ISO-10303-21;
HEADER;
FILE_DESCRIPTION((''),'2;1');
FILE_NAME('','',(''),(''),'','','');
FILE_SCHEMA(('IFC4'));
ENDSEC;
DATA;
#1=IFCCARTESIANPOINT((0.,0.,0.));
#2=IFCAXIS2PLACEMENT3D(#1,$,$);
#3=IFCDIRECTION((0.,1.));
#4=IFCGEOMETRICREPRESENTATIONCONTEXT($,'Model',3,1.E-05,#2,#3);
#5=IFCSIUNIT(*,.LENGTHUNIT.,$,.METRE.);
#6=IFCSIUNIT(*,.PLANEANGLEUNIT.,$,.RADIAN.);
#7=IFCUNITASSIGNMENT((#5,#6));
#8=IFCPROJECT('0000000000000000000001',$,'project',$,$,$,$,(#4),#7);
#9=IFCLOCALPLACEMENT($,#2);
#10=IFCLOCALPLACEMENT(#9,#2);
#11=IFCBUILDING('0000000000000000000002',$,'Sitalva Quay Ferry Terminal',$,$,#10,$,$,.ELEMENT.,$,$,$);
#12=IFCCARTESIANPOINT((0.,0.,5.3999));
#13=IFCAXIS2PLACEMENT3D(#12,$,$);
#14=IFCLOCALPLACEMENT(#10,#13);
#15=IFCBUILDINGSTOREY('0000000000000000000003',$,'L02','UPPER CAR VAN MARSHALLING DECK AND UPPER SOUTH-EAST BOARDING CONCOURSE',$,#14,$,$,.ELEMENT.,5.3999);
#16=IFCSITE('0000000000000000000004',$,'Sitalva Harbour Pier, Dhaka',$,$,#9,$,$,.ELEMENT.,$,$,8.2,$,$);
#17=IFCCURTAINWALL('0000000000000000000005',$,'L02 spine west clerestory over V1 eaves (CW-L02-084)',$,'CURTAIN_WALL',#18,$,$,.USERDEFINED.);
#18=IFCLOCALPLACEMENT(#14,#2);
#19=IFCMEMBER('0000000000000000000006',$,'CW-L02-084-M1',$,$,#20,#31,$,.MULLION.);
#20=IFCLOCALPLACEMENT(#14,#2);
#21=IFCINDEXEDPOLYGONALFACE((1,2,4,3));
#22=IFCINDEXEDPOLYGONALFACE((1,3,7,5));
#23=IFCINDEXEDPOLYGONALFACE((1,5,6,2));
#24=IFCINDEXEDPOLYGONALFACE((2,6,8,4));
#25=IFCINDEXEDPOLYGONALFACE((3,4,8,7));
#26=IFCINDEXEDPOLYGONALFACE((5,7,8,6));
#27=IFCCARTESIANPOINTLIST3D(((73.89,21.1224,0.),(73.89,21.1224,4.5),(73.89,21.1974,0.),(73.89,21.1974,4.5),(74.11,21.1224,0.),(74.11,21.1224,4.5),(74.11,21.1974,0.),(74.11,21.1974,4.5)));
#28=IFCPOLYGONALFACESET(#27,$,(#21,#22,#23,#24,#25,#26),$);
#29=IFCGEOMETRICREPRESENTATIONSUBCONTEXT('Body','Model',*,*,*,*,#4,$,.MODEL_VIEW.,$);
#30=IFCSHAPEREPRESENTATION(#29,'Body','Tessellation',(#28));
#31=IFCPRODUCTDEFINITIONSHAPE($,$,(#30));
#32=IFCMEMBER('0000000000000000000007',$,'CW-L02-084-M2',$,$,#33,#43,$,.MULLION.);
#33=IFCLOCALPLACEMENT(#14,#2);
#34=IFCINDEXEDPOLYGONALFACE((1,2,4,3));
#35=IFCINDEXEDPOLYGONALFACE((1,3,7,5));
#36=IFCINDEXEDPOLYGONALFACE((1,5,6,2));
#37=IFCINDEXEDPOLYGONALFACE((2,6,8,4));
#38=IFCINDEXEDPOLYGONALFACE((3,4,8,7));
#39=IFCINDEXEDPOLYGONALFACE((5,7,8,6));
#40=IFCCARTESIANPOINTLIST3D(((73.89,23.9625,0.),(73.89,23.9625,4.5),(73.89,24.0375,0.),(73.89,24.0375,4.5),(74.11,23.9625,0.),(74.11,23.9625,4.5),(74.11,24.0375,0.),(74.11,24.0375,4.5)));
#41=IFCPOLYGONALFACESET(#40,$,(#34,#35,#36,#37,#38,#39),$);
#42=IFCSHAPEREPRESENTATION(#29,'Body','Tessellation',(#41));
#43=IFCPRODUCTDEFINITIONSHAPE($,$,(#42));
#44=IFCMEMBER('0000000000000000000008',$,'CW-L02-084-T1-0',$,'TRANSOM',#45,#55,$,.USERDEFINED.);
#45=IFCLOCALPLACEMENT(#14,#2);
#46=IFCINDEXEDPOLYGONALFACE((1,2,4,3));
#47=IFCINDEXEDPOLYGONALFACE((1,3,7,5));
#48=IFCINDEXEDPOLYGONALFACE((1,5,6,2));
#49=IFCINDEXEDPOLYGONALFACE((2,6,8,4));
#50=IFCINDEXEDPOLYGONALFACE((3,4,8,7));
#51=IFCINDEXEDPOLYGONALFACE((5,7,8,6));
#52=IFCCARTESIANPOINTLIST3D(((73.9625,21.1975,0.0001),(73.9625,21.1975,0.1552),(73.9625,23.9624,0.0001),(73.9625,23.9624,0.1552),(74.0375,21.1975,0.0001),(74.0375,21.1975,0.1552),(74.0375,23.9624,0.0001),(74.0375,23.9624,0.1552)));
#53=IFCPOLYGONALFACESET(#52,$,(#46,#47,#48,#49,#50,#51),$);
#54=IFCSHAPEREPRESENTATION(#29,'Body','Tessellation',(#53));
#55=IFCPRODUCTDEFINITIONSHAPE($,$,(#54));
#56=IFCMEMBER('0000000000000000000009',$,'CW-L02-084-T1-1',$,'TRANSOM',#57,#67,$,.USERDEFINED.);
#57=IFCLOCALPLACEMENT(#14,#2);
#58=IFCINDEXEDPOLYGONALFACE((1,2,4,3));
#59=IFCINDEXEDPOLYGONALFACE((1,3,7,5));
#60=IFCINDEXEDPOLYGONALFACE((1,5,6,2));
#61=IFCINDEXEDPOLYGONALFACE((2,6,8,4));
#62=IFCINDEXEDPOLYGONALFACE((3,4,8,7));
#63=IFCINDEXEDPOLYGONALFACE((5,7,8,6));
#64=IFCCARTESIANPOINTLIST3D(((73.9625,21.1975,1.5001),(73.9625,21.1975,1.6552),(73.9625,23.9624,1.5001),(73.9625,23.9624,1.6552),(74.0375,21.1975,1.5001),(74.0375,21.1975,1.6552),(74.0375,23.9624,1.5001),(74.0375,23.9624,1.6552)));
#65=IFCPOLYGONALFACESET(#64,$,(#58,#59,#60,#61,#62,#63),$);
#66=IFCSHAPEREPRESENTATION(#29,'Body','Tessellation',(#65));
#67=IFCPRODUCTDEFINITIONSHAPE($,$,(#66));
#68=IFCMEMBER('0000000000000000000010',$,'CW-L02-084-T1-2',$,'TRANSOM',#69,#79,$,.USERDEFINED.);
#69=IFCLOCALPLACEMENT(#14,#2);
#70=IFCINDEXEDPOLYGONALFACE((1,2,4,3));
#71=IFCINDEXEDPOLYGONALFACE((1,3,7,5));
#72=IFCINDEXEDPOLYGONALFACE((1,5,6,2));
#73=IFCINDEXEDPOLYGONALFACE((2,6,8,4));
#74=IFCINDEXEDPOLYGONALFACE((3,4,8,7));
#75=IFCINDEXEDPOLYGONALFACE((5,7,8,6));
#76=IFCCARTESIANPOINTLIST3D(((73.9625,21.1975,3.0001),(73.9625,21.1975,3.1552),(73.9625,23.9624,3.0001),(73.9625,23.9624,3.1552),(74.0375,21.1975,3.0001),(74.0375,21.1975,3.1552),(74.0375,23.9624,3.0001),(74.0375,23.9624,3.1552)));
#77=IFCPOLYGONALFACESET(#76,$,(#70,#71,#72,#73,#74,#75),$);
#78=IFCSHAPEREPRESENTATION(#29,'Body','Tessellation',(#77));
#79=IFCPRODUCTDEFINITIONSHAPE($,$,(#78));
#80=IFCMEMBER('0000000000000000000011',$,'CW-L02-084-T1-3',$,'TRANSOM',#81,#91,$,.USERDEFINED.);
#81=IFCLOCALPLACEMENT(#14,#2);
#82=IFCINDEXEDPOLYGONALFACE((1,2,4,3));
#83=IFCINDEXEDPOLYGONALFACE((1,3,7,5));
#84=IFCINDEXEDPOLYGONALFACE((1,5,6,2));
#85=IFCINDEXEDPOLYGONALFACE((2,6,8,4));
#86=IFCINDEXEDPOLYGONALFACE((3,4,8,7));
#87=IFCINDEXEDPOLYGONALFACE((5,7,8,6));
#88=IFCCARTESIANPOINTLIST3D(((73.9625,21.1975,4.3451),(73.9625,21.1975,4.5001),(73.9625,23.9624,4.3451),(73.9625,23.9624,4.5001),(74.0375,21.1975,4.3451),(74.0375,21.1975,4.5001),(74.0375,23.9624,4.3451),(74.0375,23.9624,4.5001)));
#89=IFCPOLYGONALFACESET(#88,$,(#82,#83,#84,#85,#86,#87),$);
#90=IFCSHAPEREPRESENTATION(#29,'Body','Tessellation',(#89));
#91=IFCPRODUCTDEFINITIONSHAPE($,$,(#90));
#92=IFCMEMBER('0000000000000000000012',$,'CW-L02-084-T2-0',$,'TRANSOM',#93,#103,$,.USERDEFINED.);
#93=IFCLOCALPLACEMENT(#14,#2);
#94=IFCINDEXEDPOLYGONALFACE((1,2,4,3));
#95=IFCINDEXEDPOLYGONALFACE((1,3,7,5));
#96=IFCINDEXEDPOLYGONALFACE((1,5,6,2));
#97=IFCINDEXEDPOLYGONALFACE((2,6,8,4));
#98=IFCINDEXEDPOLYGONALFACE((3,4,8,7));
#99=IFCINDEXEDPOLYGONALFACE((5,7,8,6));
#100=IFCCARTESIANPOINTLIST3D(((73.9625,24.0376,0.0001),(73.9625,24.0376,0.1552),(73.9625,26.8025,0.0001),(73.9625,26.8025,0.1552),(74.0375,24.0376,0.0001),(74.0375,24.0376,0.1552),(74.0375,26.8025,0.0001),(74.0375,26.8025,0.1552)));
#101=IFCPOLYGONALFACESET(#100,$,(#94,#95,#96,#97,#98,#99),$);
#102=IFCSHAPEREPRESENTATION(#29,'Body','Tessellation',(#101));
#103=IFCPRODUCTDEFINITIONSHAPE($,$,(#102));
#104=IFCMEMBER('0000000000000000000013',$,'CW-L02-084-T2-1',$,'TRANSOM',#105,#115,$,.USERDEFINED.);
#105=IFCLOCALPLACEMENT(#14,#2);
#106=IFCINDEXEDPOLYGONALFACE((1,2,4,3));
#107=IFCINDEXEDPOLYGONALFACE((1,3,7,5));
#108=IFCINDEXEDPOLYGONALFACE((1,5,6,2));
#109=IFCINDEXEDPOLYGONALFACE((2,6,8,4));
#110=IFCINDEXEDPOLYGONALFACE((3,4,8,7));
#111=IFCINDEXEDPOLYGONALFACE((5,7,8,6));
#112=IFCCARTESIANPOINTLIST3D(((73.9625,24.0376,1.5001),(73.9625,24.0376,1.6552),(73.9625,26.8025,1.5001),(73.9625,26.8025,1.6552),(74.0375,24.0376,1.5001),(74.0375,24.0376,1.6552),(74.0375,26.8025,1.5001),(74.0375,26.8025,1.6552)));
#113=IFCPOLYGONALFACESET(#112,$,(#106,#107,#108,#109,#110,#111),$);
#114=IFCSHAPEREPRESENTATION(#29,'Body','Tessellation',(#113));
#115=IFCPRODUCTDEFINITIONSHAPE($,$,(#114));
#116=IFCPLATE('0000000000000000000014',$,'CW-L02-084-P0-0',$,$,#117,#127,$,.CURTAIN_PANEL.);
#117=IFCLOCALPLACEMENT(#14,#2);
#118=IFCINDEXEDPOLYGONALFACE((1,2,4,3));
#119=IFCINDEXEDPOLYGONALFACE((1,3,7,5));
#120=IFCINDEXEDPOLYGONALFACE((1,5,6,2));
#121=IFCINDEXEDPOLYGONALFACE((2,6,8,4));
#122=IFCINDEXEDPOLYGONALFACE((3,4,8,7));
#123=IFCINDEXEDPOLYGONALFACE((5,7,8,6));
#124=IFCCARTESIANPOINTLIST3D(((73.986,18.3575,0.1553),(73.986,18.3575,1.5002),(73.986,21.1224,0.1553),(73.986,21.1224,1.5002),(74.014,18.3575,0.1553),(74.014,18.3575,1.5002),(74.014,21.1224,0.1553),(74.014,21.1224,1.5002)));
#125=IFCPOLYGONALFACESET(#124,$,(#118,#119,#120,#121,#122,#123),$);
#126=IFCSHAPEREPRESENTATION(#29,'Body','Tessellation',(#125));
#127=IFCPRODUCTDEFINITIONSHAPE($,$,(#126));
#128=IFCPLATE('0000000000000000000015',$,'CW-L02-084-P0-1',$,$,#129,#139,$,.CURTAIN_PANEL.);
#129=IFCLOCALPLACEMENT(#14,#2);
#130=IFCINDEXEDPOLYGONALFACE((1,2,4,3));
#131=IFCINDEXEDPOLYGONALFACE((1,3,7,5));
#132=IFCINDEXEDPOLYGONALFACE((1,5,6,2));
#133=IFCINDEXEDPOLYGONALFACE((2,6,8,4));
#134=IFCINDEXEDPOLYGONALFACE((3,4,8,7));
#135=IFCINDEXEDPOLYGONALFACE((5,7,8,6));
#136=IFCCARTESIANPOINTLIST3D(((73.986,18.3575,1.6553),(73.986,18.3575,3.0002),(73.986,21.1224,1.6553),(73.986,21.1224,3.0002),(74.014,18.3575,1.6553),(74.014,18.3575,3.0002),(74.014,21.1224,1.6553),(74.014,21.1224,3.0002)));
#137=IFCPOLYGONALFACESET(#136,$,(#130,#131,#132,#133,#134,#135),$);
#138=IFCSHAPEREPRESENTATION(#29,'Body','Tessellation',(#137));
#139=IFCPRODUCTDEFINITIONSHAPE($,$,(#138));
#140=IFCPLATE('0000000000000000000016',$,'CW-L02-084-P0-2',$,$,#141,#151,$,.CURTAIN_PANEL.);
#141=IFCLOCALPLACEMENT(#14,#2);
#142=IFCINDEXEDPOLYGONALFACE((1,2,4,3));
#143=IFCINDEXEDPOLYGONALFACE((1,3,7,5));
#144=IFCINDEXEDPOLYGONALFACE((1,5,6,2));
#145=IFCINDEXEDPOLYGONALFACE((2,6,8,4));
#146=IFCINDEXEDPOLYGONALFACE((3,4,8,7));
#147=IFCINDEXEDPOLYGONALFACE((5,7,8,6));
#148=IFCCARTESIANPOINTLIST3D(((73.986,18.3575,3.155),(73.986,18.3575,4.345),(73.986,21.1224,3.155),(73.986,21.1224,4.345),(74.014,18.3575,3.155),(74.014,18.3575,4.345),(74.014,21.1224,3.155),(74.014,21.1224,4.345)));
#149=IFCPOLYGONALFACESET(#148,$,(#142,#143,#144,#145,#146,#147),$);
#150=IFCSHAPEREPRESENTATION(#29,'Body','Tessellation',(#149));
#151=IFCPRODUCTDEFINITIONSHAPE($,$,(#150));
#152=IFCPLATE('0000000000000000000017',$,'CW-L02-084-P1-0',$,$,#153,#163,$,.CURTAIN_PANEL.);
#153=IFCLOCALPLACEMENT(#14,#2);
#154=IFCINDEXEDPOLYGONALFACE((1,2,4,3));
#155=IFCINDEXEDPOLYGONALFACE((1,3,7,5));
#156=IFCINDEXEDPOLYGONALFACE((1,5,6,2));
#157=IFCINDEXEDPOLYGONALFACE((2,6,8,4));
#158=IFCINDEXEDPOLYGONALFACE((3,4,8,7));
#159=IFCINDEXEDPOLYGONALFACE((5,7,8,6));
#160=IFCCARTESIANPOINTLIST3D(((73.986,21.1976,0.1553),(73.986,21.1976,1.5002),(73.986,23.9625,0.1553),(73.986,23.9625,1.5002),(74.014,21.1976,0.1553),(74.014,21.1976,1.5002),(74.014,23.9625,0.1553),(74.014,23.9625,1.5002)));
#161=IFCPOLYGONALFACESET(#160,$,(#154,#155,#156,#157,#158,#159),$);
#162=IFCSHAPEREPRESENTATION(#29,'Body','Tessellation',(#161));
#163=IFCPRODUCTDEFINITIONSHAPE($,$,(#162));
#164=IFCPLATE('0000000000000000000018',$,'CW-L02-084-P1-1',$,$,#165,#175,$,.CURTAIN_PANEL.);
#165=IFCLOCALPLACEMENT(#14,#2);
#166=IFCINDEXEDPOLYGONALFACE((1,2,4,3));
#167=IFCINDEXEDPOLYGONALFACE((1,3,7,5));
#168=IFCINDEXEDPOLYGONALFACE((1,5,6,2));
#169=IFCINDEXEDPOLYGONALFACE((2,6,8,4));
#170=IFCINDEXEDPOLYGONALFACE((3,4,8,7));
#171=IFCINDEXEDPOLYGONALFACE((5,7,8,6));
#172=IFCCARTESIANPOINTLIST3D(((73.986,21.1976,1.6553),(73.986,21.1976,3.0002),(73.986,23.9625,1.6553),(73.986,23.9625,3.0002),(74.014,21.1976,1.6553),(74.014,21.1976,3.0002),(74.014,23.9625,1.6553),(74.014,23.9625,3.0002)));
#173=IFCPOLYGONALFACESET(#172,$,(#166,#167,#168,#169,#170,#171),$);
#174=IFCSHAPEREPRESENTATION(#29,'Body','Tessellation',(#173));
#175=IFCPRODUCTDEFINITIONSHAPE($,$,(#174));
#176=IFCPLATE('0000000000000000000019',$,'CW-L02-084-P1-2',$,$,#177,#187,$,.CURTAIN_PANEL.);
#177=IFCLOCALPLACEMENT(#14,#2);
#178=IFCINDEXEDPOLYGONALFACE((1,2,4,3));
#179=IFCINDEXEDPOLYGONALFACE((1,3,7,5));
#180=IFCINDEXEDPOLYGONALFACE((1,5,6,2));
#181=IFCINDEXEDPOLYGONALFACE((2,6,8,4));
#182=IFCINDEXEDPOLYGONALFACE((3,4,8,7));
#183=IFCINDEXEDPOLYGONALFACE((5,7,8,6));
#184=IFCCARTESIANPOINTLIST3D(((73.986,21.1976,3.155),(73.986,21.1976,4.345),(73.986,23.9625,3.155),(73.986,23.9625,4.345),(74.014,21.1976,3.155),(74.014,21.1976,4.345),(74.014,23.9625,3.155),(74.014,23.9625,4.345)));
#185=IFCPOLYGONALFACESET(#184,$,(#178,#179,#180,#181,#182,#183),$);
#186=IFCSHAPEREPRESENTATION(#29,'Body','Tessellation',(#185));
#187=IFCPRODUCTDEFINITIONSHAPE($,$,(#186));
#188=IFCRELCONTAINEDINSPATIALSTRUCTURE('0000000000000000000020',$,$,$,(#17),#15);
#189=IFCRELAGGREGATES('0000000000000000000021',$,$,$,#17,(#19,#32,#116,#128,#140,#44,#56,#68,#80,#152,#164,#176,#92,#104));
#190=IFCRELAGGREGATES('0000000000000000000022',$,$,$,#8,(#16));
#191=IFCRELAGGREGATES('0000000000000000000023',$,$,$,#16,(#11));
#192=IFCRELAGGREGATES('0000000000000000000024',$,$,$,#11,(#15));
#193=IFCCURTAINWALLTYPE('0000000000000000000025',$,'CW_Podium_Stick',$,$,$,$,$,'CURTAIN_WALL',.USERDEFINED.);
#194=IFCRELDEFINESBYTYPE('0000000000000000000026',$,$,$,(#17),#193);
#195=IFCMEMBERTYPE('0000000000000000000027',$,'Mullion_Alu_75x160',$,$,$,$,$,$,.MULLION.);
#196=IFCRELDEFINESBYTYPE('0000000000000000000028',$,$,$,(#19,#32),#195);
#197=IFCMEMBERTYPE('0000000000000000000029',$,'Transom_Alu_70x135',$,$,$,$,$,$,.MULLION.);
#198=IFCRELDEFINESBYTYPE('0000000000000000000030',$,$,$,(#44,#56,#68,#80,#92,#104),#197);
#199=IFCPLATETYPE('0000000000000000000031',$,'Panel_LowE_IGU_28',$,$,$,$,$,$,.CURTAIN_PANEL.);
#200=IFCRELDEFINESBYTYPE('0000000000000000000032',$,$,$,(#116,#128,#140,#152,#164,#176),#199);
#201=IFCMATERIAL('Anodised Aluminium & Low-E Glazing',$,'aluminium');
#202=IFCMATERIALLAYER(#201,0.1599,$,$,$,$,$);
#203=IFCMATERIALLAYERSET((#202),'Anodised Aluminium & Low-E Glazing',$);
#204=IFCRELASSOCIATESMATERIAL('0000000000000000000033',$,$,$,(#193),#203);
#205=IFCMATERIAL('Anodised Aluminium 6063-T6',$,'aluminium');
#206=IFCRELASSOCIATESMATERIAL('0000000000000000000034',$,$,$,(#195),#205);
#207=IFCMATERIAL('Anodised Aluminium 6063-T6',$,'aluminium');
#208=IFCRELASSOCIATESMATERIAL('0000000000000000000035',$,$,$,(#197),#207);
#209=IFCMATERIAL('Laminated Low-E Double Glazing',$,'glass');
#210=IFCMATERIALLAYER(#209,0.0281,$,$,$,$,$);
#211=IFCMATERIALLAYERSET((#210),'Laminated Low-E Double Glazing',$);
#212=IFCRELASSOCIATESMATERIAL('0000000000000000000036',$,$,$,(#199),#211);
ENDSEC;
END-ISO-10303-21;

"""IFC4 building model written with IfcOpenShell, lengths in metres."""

from ifc_helpers import new_model, si_unit, direction, frame, origin, origin_2d, place, context, subcontext, project, spatial, rectangle, extrude, material, layer, layer_set, material_profile, profile_set, type_object, element, aggregate, save


model = new_model("IFC4")

# Units and contexts
model_context = context("Model", 3, precision=1e-05, world=origin(), true_north=direction((0.0, 1.0)))
body_context = subcontext(model_context, "Body", "Model", "MODEL_VIEW")
ifc_project = project(units=[si_unit("LENGTHUNIT", "METRE"), si_unit("PLANEANGLEUNIT", "RADIAN")], contexts=[model_context])

# Site, building, storey
site_placement = place(None, origin())
site = spatial("IfcSite", under=ifc_project, at=site_placement, Name="Sitalva Harbour Pier, Dhaka", CompositionType="ELEMENT", RefElevation=8.2)
building_placement = place(site_placement, origin())
building = spatial("IfcBuilding", under=site, at=building_placement, Name="Sitalva Quay Ferry Terminal", CompositionType="ELEMENT")
storey_placement = place(building_placement, frame((0.0, 0.0, 5.3999)))
storey = spatial("IfcBuildingStorey", under=building, at=storey_placement, Name="L02", Description="UPPER CAR VAN MARSHALLING DECK AND UPPER SOUTH-EAST BOARDING CONCOURSE", CompositionType="ELEMENT", Elevation=5.3999)

# Curtain wall, members, plates
ifc_material_1 = material(Name="Anodised Aluminium & Low-E Glazing", Category="aluminium")
ifc_layer_1 = layer(ifc_material_1, 0.1599)
ifc_layer_set_1 = layer_set([ifc_layer_1], Name="Anodised Aluminium & Low-E Glazing")
curtain_wall_type = type_object("IfcCurtainWallType", Name="CW_Podium_Stick", ElementType="CURTAIN_WALL", PredefinedType="USERDEFINED", material=ifc_layer_set_1)
curtain_wall_placement = place(storey_placement, origin())
curtain_wall = element("IfcCurtainWall", 1, at=curtain_wall_placement, inside=storey, type_object=curtain_wall_type, Name="L02 spine west clerestory over V1 eaves (CW-L02-084)", ObjectType="CURTAIN_WALL", PredefinedType="USERDEFINED")
ifc_material_2 = material(Name="Anodised Aluminium 6063-T6", Category="aluminium")
ifc_material_profile_1 = material_profile(ifc_material_2, rectangle(XDim=0.075, YDim=0.22, at=origin_2d()), Name="ALU75x220")
ifc_profile_set_1 = profile_set([ifc_material_profile_1], Name="Anodised Aluminium 6063-T6")
member_type_1 = type_object("IfcMemberType", Name="Mullion_Alu_75x160", PredefinedType="MULLION", material=ifc_profile_set_1)
member_1_placement = place(storey_placement, frame((74.0, 21.1599, 0.0), z_axis=(0.0, 0.0, 1.0), x_axis=(0.0, 1.0, 0.0)))
member_1 = element("IfcMember", 2, at=member_1_placement, type_object=member_type_1, Name="CW-L02-084-M1", PredefinedType="MULLION", context=body_context, shape_type="SweptSolid", body=[
    extrude(rectangle(XDim=0.075, YDim=0.22, at=origin_2d()), origin(), (0.0, 0.0, 1.0), 4.5),
])
member_2_placement = place(storey_placement, frame((74.0, 24.0, 0.0), z_axis=(0.0, 0.0, 1.0), x_axis=(0.0, 1.0, 0.0)))
member_2 = element("IfcMember", 3, at=member_2_placement, type_object=member_type_1, Name="CW-L02-084-M2", PredefinedType="MULLION", context=body_context, shape_type="SweptSolid", body=[
    extrude(rectangle(XDim=0.075, YDim=0.22, at=origin_2d()), origin(), (0.0, 0.0, 1.0), 4.5),
])
ifc_material_3 = material(Name="Anodised Aluminium 6063-T6", Category="aluminium")
ifc_material_profile_2 = material_profile(ifc_material_3, rectangle(XDim=0.075, YDim=0.155, at=origin_2d()), Name="ALU75x155")
ifc_profile_set_2 = profile_set([ifc_material_profile_2], Name="Anodised Aluminium 6063-T6")
member_type_2 = type_object("IfcMemberType", Name="Transom_Alu_70x135", PredefinedType="MULLION", material=ifc_profile_set_2)
member_3_placement = place(storey_placement, frame((74.0, 21.1975, 0.0776), z_axis=(0.0, 1.0, 0.0), x_axis=(-1.0, 0.0, 0.0)))
member_3 = element("IfcMember", 4, at=member_3_placement, type_object=member_type_2, Name="CW-L02-084-T1-0", ObjectType="TRANSOM", PredefinedType="USERDEFINED", context=body_context, shape_type="SweptSolid", body=[
    extrude(rectangle(XDim=0.075, YDim=0.155, at=origin_2d()), origin(), (0.0, 0.0, 1.0), 2.7649),
])
member_4_placement = place(storey_placement, frame((74.0, 21.1975, 1.5776), z_axis=(0.0, 1.0, 0.0), x_axis=(-1.0, 0.0, 0.0)))
member_4 = element("IfcMember", 5, at=member_4_placement, type_object=member_type_2, Name="CW-L02-084-T1-1", ObjectType="TRANSOM", PredefinedType="USERDEFINED", context=body_context, shape_type="SweptSolid", body=[
    extrude(rectangle(XDim=0.075, YDim=0.155, at=origin_2d()), origin(), (0.0, 0.0, 1.0), 2.7649),
])
member_5_placement = place(storey_placement, frame((74.0, 21.1975, 3.0776), z_axis=(0.0, 1.0, 0.0), x_axis=(-1.0, 0.0, 0.0)))
member_5 = element("IfcMember", 6, at=member_5_placement, type_object=member_type_2, Name="CW-L02-084-T1-2", ObjectType="TRANSOM", PredefinedType="USERDEFINED", context=body_context, shape_type="SweptSolid", body=[
    extrude(rectangle(XDim=0.075, YDim=0.155, at=origin_2d()), origin(), (0.0, 0.0, 1.0), 2.7649),
])
member_6_placement = place(storey_placement, frame((74.0, 21.1975, 4.4226), z_axis=(0.0, 1.0, 0.0), x_axis=(-1.0, 0.0, 0.0)))
member_6 = element("IfcMember", 7, at=member_6_placement, type_object=member_type_2, Name="CW-L02-084-T1-3", ObjectType="TRANSOM", PredefinedType="USERDEFINED", context=body_context, shape_type="SweptSolid", body=[
    extrude(rectangle(XDim=0.075, YDim=0.155, at=origin_2d()), origin(), (0.0, 0.0, 1.0), 2.7649),
])
member_7_placement = place(storey_placement, frame((74.0, 24.0376, 0.0776), z_axis=(0.0, 1.0, 0.0), x_axis=(-1.0, 0.0, 0.0)))
member_7 = element("IfcMember", 8, at=member_7_placement, type_object=member_type_2, Name="CW-L02-084-T2-0", ObjectType="TRANSOM", PredefinedType="USERDEFINED", context=body_context, shape_type="SweptSolid", body=[
    extrude(rectangle(XDim=0.075, YDim=0.155, at=origin_2d()), origin(), (0.0, 0.0, 1.0), 2.7649),
])
member_8_placement = place(storey_placement, frame((74.0, 24.0376, 1.5776), z_axis=(0.0, 1.0, 0.0), x_axis=(-1.0, 0.0, 0.0)))
member_8 = element("IfcMember", 9, at=member_8_placement, type_object=member_type_2, Name="CW-L02-084-T2-1", ObjectType="TRANSOM", PredefinedType="USERDEFINED", context=body_context, shape_type="SweptSolid", body=[
    extrude(rectangle(XDim=0.075, YDim=0.155, at=origin_2d()), origin(), (0.0, 0.0, 1.0), 2.7649),
])
ifc_material_4 = material(Name="Laminated Low-E Double Glazing", Category="glass")
ifc_layer_2 = layer(ifc_material_4, 0.0281)
ifc_layer_set_2 = layer_set([ifc_layer_2], Name="Laminated Low-E Double Glazing")
plate_type = type_object("IfcPlateType", Name="Panel_LowE_IGU_28", PredefinedType="CURTAIN_PANEL", material=ifc_layer_set_2)
plate_1_placement = place(storey_placement, frame((74.0, 19.74, 0.1553), z_axis=(0.0, 0.0, 1.0), x_axis=(0.0, 1.0, 0.0)))
plate_1 = element("IfcPlate", 10, at=plate_1_placement, type_object=plate_type, Name="CW-L02-084-P0-0", PredefinedType="CURTAIN_PANEL", context=body_context, shape_type="SweptSolid", body=[
    extrude(rectangle(XDim=2.7649, YDim=0.0281, at=origin_2d()), origin(), (0.0, 0.0, 1.0), 1.345),
])
plate_2_placement = place(storey_placement, frame((74.0, 19.74, 1.6553), z_axis=(0.0, 0.0, 1.0), x_axis=(0.0, 1.0, 0.0)))
plate_2 = element("IfcPlate", 11, at=plate_2_placement, type_object=plate_type, Name="CW-L02-084-P0-1", PredefinedType="CURTAIN_PANEL", context=body_context, shape_type="SweptSolid", body=[
    extrude(rectangle(XDim=2.7649, YDim=0.0281, at=origin_2d()), origin(), (0.0, 0.0, 1.0), 1.345),
])
plate_3_placement = place(storey_placement, frame((74.0, 19.74, 3.155), z_axis=(0.0, 0.0, 1.0), x_axis=(0.0, 1.0, 0.0)))
plate_3 = element("IfcPlate", 12, at=plate_3_placement, type_object=plate_type, Name="CW-L02-084-P0-2", PredefinedType="CURTAIN_PANEL", context=body_context, shape_type="SweptSolid", body=[
    extrude(rectangle(XDim=2.7649, YDim=0.0281, at=origin_2d()), origin(), (0.0, 0.0, 1.0), 1.1899),
])
plate_4_placement = place(storey_placement, frame((74.0, 22.5801, 0.1553), z_axis=(0.0, 0.0, 1.0), x_axis=(0.0, 1.0, 0.0)))
plate_4 = element("IfcPlate", 13, at=plate_4_placement, type_object=plate_type, Name="CW-L02-084-P1-0", PredefinedType="CURTAIN_PANEL", context=body_context, shape_type="SweptSolid", body=[
    extrude(rectangle(XDim=2.7649, YDim=0.0281, at=origin_2d()), origin(), (0.0, 0.0, 1.0), 1.345),
])
plate_5_placement = place(storey_placement, frame((74.0, 22.5801, 1.6553), z_axis=(0.0, 0.0, 1.0), x_axis=(0.0, 1.0, 0.0)))
plate_5 = element("IfcPlate", 14, at=plate_5_placement, type_object=plate_type, Name="CW-L02-084-P1-1", PredefinedType="CURTAIN_PANEL", context=body_context, shape_type="SweptSolid", body=[
    extrude(rectangle(XDim=2.7649, YDim=0.0281, at=origin_2d()), origin(), (0.0, 0.0, 1.0), 1.345),
])
plate_6_placement = place(storey_placement, frame((74.0, 22.5801, 3.155), z_axis=(0.0, 0.0, 1.0), x_axis=(0.0, 1.0, 0.0)))
plate_6 = element("IfcPlate", 15, at=plate_6_placement, type_object=plate_type, Name="CW-L02-084-P1-2", PredefinedType="CURTAIN_PANEL", context=body_context, shape_type="SweptSolid", body=[
    extrude(rectangle(XDim=2.7649, YDim=0.0281, at=origin_2d()), origin(), (0.0, 0.0, 1.0), 1.1899),
])
aggregate(curtain_wall, [member_1, member_2, plate_1, plate_2, plate_3, member_3, member_4, member_5, member_6, plate_4, plate_5, plate_6, member_7, member_8])

save(model, "model.ifc")
